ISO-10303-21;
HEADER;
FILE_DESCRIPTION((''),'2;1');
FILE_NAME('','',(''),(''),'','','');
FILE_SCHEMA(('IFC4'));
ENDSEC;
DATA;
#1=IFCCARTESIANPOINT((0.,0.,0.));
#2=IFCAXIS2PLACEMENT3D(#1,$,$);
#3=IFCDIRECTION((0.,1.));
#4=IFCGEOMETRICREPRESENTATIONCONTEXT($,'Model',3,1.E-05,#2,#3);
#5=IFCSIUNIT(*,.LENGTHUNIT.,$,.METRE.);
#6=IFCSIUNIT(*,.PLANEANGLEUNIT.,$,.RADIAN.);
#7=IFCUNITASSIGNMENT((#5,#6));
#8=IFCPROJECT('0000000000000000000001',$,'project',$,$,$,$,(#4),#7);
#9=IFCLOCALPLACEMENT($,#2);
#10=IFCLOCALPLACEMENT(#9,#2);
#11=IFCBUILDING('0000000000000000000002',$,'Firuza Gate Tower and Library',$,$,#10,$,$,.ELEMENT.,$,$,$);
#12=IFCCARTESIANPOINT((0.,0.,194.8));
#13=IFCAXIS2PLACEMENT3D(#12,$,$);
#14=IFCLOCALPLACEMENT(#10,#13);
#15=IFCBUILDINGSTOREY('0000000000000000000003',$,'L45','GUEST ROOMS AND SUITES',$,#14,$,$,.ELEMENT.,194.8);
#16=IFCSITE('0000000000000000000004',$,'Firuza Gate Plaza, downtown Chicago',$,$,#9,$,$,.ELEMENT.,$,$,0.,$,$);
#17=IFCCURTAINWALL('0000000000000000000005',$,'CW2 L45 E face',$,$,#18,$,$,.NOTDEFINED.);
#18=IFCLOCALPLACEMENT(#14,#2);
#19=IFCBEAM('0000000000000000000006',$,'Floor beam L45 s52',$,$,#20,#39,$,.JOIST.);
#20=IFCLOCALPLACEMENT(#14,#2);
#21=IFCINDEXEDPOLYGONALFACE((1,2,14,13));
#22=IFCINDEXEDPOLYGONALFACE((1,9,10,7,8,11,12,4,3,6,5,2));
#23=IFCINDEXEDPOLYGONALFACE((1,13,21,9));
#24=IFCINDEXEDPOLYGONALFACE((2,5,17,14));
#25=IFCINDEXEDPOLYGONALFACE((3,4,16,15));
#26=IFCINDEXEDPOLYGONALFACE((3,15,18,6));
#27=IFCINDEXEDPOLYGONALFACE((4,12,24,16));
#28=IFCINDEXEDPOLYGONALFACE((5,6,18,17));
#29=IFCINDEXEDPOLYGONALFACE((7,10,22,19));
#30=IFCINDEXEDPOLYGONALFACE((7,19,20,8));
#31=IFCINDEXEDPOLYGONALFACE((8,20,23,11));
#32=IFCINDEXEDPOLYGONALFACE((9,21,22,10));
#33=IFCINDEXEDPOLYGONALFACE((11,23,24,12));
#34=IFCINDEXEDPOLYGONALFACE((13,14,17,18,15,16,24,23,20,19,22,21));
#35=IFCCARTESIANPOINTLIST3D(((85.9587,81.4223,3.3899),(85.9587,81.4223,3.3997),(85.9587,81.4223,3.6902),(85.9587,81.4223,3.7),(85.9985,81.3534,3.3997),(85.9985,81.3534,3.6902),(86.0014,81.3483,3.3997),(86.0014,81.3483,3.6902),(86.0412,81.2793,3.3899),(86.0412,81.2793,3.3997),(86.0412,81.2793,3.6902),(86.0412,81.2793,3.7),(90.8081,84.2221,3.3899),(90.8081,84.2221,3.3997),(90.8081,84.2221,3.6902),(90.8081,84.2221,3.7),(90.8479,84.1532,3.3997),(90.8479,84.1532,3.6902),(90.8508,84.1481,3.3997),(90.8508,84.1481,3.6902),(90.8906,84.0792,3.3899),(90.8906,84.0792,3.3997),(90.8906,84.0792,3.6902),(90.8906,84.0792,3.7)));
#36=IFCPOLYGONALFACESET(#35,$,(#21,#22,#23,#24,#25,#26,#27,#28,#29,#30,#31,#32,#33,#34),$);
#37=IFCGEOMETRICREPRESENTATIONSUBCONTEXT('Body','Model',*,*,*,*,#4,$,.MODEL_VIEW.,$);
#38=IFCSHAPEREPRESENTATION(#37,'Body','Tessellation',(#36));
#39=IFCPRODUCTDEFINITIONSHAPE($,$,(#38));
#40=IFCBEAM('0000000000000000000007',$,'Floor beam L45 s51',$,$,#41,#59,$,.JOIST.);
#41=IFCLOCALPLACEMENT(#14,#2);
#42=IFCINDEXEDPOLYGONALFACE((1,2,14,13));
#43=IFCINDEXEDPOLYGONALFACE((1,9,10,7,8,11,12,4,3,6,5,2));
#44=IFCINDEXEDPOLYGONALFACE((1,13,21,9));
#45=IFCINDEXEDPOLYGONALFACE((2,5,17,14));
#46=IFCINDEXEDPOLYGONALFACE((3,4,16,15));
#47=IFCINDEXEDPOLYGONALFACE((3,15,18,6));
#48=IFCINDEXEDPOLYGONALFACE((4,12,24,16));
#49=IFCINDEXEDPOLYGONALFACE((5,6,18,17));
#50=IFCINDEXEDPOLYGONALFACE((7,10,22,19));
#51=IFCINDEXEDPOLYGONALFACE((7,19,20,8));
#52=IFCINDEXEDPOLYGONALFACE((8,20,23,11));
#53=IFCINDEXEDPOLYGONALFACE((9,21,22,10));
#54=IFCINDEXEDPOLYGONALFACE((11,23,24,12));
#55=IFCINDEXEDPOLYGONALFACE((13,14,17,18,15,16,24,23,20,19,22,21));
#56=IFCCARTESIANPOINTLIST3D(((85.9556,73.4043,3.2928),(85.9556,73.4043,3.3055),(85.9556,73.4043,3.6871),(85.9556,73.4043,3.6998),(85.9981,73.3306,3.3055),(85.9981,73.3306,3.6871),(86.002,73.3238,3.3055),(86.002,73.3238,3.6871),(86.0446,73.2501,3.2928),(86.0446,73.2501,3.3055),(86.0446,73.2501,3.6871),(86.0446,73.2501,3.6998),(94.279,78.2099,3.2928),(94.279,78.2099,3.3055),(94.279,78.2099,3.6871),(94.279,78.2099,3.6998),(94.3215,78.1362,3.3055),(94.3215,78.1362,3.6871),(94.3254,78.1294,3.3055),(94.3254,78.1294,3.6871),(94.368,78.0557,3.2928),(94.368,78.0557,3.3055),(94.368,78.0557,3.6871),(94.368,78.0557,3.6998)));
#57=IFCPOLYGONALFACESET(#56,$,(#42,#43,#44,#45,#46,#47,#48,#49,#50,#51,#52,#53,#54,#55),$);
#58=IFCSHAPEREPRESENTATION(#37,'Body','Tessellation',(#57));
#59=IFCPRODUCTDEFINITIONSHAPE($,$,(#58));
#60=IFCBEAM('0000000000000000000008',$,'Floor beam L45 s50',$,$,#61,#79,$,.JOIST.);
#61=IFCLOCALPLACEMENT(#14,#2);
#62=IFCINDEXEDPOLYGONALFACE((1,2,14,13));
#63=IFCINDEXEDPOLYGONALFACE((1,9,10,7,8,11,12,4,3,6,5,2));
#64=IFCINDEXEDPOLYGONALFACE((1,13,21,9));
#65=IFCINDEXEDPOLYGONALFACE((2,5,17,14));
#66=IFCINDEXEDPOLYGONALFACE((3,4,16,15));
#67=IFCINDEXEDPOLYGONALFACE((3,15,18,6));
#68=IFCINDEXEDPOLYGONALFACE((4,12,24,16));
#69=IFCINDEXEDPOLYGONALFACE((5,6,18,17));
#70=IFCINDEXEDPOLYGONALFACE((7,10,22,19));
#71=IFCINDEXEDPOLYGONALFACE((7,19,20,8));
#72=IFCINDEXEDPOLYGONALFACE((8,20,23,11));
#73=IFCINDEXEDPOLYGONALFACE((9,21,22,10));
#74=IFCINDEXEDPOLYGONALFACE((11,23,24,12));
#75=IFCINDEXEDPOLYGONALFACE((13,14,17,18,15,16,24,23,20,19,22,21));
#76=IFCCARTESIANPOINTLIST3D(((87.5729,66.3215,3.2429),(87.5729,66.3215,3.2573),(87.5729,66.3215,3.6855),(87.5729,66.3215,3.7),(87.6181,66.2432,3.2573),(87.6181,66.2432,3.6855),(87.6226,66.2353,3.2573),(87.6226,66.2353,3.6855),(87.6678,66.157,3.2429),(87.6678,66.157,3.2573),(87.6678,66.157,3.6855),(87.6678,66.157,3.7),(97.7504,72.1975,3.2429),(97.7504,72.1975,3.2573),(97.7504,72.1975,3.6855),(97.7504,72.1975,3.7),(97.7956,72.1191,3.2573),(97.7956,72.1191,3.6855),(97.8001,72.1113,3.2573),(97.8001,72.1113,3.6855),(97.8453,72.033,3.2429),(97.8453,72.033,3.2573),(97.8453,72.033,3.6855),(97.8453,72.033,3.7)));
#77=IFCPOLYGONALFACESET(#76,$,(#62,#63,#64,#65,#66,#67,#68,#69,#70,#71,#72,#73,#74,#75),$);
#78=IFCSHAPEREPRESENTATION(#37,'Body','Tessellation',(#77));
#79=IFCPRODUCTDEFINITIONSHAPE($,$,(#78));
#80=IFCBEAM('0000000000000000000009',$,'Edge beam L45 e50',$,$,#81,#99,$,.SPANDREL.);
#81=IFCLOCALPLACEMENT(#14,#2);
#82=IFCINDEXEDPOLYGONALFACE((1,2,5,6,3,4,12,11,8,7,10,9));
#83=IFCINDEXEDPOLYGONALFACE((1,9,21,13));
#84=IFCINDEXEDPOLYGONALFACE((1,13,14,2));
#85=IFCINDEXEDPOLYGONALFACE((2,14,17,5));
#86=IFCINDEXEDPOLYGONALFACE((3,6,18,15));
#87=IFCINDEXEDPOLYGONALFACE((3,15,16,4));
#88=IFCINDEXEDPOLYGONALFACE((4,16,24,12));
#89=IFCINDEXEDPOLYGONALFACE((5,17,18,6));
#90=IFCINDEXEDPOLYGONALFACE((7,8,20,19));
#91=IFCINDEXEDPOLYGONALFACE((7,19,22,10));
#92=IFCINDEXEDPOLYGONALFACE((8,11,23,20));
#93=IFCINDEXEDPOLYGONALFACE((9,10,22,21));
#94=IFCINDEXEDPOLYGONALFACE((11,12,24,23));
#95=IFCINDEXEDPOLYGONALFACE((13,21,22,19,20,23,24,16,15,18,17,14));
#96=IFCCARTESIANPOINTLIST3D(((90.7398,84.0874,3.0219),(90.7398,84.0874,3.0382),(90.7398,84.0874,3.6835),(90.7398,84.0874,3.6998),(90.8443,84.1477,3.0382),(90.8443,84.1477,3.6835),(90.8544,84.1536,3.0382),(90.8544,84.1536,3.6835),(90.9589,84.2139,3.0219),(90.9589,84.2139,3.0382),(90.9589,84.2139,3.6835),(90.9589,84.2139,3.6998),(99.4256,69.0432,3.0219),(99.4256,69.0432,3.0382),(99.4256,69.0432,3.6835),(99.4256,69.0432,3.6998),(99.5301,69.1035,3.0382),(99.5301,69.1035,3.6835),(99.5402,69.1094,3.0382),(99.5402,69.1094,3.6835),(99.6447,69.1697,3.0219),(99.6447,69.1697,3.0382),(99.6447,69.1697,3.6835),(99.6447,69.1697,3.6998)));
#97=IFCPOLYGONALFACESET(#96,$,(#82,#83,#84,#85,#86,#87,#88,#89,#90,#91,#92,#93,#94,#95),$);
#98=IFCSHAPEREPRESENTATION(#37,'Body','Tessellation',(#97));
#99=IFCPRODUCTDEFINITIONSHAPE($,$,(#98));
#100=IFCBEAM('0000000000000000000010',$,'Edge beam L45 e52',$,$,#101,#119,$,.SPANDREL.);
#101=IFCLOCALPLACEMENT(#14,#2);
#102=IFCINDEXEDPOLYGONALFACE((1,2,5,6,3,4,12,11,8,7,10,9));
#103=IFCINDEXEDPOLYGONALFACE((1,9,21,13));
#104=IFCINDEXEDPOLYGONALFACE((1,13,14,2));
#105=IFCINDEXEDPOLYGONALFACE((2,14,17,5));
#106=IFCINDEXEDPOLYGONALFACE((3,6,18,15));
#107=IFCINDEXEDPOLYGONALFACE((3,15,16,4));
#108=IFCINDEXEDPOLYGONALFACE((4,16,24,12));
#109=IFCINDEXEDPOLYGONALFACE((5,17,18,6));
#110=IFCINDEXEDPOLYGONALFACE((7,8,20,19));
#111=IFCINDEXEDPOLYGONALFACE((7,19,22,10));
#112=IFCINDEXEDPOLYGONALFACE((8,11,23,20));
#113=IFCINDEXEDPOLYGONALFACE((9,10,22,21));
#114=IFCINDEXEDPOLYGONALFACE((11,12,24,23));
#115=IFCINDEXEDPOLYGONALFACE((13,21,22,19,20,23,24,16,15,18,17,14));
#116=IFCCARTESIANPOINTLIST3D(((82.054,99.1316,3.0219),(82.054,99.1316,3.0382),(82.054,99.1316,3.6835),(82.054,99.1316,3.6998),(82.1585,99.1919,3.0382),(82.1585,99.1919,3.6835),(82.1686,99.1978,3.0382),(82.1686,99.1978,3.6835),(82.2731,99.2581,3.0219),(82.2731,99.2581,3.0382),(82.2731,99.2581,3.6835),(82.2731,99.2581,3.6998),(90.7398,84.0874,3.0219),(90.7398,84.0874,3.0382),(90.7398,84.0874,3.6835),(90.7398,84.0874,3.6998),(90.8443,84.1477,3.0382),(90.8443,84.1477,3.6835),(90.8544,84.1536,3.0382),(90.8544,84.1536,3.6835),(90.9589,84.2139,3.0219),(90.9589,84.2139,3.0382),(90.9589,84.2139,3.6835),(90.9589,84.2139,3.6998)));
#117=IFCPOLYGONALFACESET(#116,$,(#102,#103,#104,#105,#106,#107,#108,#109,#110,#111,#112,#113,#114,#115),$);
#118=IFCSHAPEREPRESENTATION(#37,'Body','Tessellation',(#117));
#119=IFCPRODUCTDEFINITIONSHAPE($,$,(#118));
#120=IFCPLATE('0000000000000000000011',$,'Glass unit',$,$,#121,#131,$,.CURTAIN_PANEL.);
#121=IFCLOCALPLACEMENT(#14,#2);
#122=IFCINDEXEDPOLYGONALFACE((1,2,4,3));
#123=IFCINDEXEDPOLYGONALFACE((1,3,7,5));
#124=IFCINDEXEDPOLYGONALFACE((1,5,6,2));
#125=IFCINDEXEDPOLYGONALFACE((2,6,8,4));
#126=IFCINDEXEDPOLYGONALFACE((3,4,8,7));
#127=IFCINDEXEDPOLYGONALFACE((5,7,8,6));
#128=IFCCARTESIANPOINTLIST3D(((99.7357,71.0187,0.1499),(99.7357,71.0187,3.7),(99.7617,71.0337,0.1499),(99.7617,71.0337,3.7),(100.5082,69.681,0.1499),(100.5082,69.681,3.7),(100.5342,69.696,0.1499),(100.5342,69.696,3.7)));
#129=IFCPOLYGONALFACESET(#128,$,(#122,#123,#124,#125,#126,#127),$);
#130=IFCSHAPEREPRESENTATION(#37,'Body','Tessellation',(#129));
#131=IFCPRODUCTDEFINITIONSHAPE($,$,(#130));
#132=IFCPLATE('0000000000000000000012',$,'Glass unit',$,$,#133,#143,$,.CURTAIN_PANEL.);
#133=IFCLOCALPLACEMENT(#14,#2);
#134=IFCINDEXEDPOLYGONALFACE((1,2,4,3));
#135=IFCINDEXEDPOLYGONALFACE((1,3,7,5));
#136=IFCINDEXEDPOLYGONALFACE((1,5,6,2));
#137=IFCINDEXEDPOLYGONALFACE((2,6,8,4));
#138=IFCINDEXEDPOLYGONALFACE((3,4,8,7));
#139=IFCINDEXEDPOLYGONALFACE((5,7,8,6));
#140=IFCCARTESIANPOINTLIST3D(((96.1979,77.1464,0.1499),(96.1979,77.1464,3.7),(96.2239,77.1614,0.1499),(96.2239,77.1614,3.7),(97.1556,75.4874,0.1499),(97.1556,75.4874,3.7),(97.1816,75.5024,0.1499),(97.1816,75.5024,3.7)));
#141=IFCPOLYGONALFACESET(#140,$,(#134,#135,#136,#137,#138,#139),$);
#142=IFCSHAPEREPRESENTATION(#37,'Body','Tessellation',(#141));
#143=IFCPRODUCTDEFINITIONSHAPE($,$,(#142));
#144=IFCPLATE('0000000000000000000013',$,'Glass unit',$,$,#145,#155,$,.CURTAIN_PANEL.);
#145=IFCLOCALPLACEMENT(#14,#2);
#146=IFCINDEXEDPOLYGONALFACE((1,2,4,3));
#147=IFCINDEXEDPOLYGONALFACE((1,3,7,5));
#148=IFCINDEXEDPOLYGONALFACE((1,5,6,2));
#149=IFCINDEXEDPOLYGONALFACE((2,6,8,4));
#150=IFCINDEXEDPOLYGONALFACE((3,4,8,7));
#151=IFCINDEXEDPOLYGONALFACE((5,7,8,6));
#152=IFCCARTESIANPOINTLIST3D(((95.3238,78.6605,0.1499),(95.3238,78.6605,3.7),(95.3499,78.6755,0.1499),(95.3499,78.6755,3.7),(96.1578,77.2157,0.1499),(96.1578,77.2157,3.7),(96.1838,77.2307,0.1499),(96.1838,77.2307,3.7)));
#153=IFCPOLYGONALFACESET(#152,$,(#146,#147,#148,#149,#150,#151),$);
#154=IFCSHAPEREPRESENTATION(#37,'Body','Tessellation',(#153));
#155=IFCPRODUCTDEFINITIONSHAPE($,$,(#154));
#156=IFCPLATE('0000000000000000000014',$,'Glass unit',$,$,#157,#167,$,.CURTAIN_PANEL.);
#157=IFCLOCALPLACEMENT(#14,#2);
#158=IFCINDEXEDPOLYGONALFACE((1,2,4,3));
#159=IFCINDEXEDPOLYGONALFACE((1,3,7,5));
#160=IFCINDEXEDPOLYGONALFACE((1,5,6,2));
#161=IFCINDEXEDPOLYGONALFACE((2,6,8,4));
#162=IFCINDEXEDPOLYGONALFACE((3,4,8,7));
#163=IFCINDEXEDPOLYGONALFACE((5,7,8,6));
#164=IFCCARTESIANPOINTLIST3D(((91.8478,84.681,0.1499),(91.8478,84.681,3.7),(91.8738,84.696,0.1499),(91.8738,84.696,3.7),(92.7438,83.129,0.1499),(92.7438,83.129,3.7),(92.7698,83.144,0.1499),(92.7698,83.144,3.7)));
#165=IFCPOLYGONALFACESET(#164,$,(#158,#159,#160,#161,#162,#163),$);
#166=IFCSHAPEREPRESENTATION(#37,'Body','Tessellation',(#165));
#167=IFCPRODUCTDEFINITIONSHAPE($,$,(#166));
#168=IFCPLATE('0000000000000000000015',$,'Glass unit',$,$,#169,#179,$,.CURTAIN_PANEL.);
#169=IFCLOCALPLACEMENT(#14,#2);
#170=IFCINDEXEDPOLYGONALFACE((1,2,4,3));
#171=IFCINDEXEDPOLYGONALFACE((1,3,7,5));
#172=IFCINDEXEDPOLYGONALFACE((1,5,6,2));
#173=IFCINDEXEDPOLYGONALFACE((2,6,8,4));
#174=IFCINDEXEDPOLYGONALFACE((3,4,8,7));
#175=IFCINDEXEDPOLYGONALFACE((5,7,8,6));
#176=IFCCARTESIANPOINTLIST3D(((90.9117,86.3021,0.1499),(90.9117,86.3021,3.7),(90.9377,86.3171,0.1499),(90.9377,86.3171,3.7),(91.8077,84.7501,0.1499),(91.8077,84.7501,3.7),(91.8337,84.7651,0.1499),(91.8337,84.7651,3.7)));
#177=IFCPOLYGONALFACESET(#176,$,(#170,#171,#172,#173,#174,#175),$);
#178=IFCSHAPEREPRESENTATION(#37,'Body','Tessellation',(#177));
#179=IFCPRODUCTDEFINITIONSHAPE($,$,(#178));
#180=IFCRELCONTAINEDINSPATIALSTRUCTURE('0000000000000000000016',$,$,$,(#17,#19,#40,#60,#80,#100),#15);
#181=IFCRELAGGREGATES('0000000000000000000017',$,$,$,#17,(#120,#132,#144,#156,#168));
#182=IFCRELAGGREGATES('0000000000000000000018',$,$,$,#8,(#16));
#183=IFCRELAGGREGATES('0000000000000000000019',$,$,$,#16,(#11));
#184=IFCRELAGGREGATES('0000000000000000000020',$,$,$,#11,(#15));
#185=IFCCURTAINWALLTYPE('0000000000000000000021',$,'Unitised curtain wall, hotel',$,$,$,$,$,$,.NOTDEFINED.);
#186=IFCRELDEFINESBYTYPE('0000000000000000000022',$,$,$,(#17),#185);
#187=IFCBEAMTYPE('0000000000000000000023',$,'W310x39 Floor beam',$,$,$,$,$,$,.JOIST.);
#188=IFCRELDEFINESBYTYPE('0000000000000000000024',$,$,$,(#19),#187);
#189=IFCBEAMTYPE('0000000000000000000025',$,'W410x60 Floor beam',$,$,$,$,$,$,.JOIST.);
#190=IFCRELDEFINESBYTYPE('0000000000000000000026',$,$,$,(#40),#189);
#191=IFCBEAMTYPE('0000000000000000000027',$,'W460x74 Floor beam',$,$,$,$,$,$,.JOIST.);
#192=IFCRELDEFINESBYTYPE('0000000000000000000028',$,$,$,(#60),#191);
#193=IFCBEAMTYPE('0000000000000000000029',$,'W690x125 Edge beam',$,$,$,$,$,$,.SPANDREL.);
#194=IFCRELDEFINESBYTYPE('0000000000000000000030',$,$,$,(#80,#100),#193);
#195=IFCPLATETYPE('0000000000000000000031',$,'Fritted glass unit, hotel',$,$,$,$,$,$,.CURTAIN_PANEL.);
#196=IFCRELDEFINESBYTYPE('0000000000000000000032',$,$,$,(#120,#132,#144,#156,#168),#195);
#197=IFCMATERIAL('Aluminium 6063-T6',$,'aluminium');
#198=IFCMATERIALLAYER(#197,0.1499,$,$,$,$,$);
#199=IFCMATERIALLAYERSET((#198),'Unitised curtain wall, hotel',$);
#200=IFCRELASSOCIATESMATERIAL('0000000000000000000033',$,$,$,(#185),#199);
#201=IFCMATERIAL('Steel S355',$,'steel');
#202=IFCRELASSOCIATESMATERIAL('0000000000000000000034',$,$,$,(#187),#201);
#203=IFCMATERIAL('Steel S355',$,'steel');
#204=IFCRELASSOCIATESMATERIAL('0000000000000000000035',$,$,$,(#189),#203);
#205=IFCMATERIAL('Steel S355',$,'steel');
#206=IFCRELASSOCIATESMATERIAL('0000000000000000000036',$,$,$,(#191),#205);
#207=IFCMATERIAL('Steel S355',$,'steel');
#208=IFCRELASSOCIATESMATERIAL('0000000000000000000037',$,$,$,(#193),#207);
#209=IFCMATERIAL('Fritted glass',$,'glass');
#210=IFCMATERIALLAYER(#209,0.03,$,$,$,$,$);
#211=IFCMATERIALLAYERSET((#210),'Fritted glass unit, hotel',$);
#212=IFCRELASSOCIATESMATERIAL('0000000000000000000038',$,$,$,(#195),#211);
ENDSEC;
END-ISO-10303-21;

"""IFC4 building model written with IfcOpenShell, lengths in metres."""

from ifc_helpers import new_model, si_unit, direction, frame, origin, origin_2d, place, context, subcontext, project, spatial, polyline, i_section, outline, extrude, material, layer, layer_set, material_profile, profile_set, type_object, element, aggregate, save


model = new_model("IFC4")

# Units and contexts
model_context = context("Model", 3, precision=1e-05, world=origin(), true_north=direction((0.0, 1.0)))
body_context = subcontext(model_context, "Body", "Model", "MODEL_VIEW")
ifc_project = project(units=[si_unit("LENGTHUNIT", "METRE"), si_unit("PLANEANGLEUNIT", "RADIAN")], contexts=[model_context])

# Site, building, storey
site_placement = place(None, origin())
site = spatial("IfcSite", under=ifc_project, at=site_placement, Name="Firuza Gate Plaza, downtown Chicago", CompositionType="ELEMENT", RefElevation=0.0)
building_placement = place(site_placement, origin())
building = spatial("IfcBuilding", under=site, at=building_placement, Name="Firuza Gate Tower and Library", CompositionType="ELEMENT")
storey_placement = place(building_placement, frame((0.0, 0.0, 194.8)))
storey = spatial("IfcBuildingStorey", under=building, at=storey_placement, Name="L45", Description="GUEST ROOMS AND SUITES", CompositionType="ELEMENT", Elevation=194.8)

# Curtain wall
ifc_material_1 = material(Name="Aluminium 6063-T6", Category="aluminium")
ifc_layer_1 = layer(ifc_material_1, 0.1499)
ifc_layer_set_1 = layer_set([ifc_layer_1], Name="Unitised curtain wall, hotel")
curtain_wall_type = type_object("IfcCurtainWallType", Name="Unitised curtain wall, hotel", PredefinedType="NOTDEFINED", material=ifc_layer_set_1)
curtain_wall_placement = place(storey_placement, origin())
curtain_wall = element("IfcCurtainWall", 1, at=curtain_wall_placement, inside=storey, type_object=curtain_wall_type, Name="CW2 L45 E face", PredefinedType="NOTDEFINED")

# Beams
ifc_material_2 = material(Name="Steel S355", Category="steel")
ifc_material_profile_1 = material_profile(ifc_material_2, i_section(OverallWidth=0.165, OverallDepth=0.3101, WebThickness=0.0059, FlangeThickness=0.0098, at=origin_2d()))
ifc_profile_set_1 = profile_set([ifc_material_profile_1], Name="Steel S355")
beam_type_1 = type_object("IfcBeamType", Name="W310x39 Floor beam", PredefinedType="JOIST", material=ifc_profile_set_1)
beam_1_placement = place(storey_placement, frame((90.8494, 84.1506, 3.5449), z_axis=(-0.866024, -0.500003, 0.0), x_axis=(0.500003, -0.866024, 0.0)))
element("IfcBeam", 2, at=beam_1_placement, inside=storey, type_object=beam_type_1, Name="Floor beam L45 s52", PredefinedType="JOIST", context=body_context, shape_type="SweptSolid", body=[
    extrude(i_section(OverallWidth=0.165, OverallDepth=0.3101, WebThickness=0.0059, FlangeThickness=0.0098, at=origin_2d()), origin(), (0.0, 0.0, 1.0), 5.5996),
])
ifc_material_3 = material(Name="Steel S355", Category="steel")
ifc_material_profile_2 = material_profile(ifc_material_3, i_section(OverallWidth=0.178, OverallDepth=0.407, WebThickness=0.0078, FlangeThickness=0.0127, at=origin_2d()))
ifc_profile_set_2 = profile_set([ifc_material_profile_2], Name="Steel S355")
beam_type_2 = type_object("IfcBeamType", Name="W410x60 Floor beam", PredefinedType="JOIST", material=ifc_profile_set_2)
beam_2_placement = place(storey_placement, frame((94.3235, 78.1328, 3.4963), z_axis=(-0.866021, -0.500008, 0.0), x_axis=(0.500008, -0.866021, 0.0)))
element("IfcBeam", 3, at=beam_2_placement, inside=storey, type_object=beam_type_2, Name="Floor beam L45 s51", PredefinedType="JOIST", context=body_context, shape_type="SweptSolid", body=[
    extrude(i_section(OverallWidth=0.178, OverallDepth=0.407, WebThickness=0.0078, FlangeThickness=0.0127, at=origin_2d()), origin(), (0.0, 0.0, 1.0), 9.6111),
])
ifc_material_4 = material(Name="Steel S355", Category="steel")
ifc_material_profile_3 = material_profile(ifc_material_4, i_section(OverallWidth=0.1899, OverallDepth=0.457, WebThickness=0.009, FlangeThickness=0.0144, at=origin_2d()))
ifc_profile_set_3 = profile_set([ifc_material_profile_3], Name="Steel S355")
beam_type_3 = type_object("IfcBeamType", Name="W460x74 Floor beam", PredefinedType="JOIST", material=ifc_profile_set_3)
beam_3_placement = place(storey_placement, frame((97.7979, 72.1152, 3.4714), z_axis=(-0.866025, -0.5, 0.0), x_axis=(0.5, -0.866025, 0.0)))
element("IfcBeam", 4, at=beam_3_placement, inside=storey, type_object=beam_type_3, Name="Floor beam L45 s50", PredefinedType="JOIST", context=body_context, shape_type="SweptSolid", body=[
    extrude(i_section(OverallWidth=0.1899, OverallDepth=0.457, WebThickness=0.009, FlangeThickness=0.0144, at=origin_2d()), origin(), (0.0, 0.0, 1.0), 11.752),
])
ifc_material_5 = material(Name="Steel S355", Category="steel")
ifc_material_profile_4 = material_profile(ifc_material_5, i_section(OverallWidth=0.2529, OverallDepth=0.678, WebThickness=0.0117, FlangeThickness=0.0164, at=origin_2d()))
ifc_profile_set_4 = profile_set([ifc_material_profile_4], Name="Steel S355")
beam_type_4 = type_object("IfcBeamType", Name="W690x125 Edge beam", PredefinedType="SPANDREL", material=ifc_profile_set_4)
for number, where, z_axis, x_axis, name in (
    (5, (99.5352, 69.1064, 3.3608), (-0.500001, 0.866025, 0.0), (-0.866025, -0.500001, 0.0), "Edge beam L45 e50"),
    (6, (90.8494, 84.1506, 3.3608), (-0.500001, 0.866025, 0.0), (-0.866025, -0.500001, 0.0), "Edge beam L45 e52"),
):
    element("IfcBeam", number, at=place(storey_placement, frame(where, z_axis=z_axis, x_axis=x_axis)), inside=storey, type_object=beam_type_4, Name=name, PredefinedType="SPANDREL", context=body_context, shape_type="SweptSolid", body=[
        extrude(i_section(OverallWidth=0.2529, OverallDepth=0.678, WebThickness=0.0117, FlangeThickness=0.0164, at=origin_2d()), origin(), (0.0, 0.0, 1.0), 17.3716),
    ])

# Plates
ifc_material_6 = material(Name="Fritted glass", Category="glass")
ifc_layer_2 = layer(ifc_material_6, 0.03)
ifc_layer_set_2 = layer_set([ifc_layer_2], Name="Fritted glass unit, hotel")
plate_type_1 = type_object("IfcPlateType", Name="Fritted glass unit, hotel", PredefinedType="CURTAIN_PANEL", material=ifc_layer_set_2)
plate_1_placement = place(storey_placement, frame((100.5342, 69.696, 0.1499), z_axis=(0.865978, 0.500083, 0.0), x_axis=(-0.500083, 0.865978, 0.0)))
plate_1 = element("IfcPlate", 7, at=plate_1_placement, type_object=plate_type_1, Name="Glass unit", PredefinedType="CURTAIN_PANEL", context=body_context, shape_type="SweptSolid", body=[
    extrude(outline(polyline([(0.0, 0.0), (1.5447, 0.0), (1.5447, 3.55), (0.0, 3.55), (0.0, 0.0)])), origin(), (0.0, 0.0, -1.0), 0.03),
])
plate_2_placement = place(storey_placement, frame((97.1816, 75.5024, 0.1499), z_axis=(0.866031, 0.499991, 0.0), x_axis=(-0.499991, 0.866031, 0.0)))
plate_2 = element("IfcPlate", 8, at=plate_2_placement, type_object=plate_type_1, Name="Glass unit", PredefinedType="CURTAIN_PANEL", context=body_context, shape_type="SweptSolid", body=[
    extrude(outline(polyline([(0.0, 0.0), (1.9156, 0.0), (1.9156, 3.55), (0.0, 3.55), (0.0, 0.0)])), origin(), (0.0, 0.0, -1.0), 0.03),
])
plate_3_placement = place(storey_placement, frame((96.1838, 77.2307, 0.1499), z_axis=(0.866073, 0.499917, 0.0), x_axis=(-0.499917, 0.866073, 0.0)))
plate_3 = element("IfcPlate", 9, at=plate_3_placement, type_object=plate_type_1, Name="Glass unit", PredefinedType="CURTAIN_PANEL", context=body_context, shape_type="SweptSolid", body=[
    extrude(outline(polyline([(0.0, 0.0), (1.6682, 0.0), (1.6682, 3.55), (0.0, 3.55), (0.0, 0.0)])), origin(), (0.0, 0.0, -1.0), 0.03),
])
plate_4_placement = place(storey_placement, frame((92.7698, 83.144, 0.1499), z_axis=(0.866038, 0.499978, 0.0), x_axis=(-0.499978, 0.866038, 0.0)))
plate_4 = element("IfcPlate", 10, at=plate_4_placement, type_object=plate_type_1, Name="Glass unit", PredefinedType="CURTAIN_PANEL", context=body_context, shape_type="SweptSolid", body=[
    extrude(outline(polyline([(0.0, 0.0), (1.7921, 0.0), (1.7921, 3.55), (0.0, 3.55), (0.0, 0.0)])), origin(), (0.0, 0.0, -1.0), 0.03),
])
plate_5_placement = place(storey_placement, frame((91.8337, 84.7651, 0.1499), z_axis=(0.866038, 0.499978, 0.0), x_axis=(-0.499978, 0.866038, 0.0)))
plate_5 = element("IfcPlate", 11, at=plate_5_placement, type_object=plate_type_1, Name="Glass unit", PredefinedType="CURTAIN_PANEL", context=body_context, shape_type="SweptSolid", body=[
    extrude(outline(polyline([(0.0, 0.0), (1.7921, 0.0), (1.7921, 3.55), (0.0, 3.55), (0.0, 0.0)])), origin(), (0.0, 0.0, -1.0), 0.03),
])
aggregate(curtain_wall, [plate_1, plate_2, plate_3, plate_4, plate_5])

save(model, "model.ifc")
